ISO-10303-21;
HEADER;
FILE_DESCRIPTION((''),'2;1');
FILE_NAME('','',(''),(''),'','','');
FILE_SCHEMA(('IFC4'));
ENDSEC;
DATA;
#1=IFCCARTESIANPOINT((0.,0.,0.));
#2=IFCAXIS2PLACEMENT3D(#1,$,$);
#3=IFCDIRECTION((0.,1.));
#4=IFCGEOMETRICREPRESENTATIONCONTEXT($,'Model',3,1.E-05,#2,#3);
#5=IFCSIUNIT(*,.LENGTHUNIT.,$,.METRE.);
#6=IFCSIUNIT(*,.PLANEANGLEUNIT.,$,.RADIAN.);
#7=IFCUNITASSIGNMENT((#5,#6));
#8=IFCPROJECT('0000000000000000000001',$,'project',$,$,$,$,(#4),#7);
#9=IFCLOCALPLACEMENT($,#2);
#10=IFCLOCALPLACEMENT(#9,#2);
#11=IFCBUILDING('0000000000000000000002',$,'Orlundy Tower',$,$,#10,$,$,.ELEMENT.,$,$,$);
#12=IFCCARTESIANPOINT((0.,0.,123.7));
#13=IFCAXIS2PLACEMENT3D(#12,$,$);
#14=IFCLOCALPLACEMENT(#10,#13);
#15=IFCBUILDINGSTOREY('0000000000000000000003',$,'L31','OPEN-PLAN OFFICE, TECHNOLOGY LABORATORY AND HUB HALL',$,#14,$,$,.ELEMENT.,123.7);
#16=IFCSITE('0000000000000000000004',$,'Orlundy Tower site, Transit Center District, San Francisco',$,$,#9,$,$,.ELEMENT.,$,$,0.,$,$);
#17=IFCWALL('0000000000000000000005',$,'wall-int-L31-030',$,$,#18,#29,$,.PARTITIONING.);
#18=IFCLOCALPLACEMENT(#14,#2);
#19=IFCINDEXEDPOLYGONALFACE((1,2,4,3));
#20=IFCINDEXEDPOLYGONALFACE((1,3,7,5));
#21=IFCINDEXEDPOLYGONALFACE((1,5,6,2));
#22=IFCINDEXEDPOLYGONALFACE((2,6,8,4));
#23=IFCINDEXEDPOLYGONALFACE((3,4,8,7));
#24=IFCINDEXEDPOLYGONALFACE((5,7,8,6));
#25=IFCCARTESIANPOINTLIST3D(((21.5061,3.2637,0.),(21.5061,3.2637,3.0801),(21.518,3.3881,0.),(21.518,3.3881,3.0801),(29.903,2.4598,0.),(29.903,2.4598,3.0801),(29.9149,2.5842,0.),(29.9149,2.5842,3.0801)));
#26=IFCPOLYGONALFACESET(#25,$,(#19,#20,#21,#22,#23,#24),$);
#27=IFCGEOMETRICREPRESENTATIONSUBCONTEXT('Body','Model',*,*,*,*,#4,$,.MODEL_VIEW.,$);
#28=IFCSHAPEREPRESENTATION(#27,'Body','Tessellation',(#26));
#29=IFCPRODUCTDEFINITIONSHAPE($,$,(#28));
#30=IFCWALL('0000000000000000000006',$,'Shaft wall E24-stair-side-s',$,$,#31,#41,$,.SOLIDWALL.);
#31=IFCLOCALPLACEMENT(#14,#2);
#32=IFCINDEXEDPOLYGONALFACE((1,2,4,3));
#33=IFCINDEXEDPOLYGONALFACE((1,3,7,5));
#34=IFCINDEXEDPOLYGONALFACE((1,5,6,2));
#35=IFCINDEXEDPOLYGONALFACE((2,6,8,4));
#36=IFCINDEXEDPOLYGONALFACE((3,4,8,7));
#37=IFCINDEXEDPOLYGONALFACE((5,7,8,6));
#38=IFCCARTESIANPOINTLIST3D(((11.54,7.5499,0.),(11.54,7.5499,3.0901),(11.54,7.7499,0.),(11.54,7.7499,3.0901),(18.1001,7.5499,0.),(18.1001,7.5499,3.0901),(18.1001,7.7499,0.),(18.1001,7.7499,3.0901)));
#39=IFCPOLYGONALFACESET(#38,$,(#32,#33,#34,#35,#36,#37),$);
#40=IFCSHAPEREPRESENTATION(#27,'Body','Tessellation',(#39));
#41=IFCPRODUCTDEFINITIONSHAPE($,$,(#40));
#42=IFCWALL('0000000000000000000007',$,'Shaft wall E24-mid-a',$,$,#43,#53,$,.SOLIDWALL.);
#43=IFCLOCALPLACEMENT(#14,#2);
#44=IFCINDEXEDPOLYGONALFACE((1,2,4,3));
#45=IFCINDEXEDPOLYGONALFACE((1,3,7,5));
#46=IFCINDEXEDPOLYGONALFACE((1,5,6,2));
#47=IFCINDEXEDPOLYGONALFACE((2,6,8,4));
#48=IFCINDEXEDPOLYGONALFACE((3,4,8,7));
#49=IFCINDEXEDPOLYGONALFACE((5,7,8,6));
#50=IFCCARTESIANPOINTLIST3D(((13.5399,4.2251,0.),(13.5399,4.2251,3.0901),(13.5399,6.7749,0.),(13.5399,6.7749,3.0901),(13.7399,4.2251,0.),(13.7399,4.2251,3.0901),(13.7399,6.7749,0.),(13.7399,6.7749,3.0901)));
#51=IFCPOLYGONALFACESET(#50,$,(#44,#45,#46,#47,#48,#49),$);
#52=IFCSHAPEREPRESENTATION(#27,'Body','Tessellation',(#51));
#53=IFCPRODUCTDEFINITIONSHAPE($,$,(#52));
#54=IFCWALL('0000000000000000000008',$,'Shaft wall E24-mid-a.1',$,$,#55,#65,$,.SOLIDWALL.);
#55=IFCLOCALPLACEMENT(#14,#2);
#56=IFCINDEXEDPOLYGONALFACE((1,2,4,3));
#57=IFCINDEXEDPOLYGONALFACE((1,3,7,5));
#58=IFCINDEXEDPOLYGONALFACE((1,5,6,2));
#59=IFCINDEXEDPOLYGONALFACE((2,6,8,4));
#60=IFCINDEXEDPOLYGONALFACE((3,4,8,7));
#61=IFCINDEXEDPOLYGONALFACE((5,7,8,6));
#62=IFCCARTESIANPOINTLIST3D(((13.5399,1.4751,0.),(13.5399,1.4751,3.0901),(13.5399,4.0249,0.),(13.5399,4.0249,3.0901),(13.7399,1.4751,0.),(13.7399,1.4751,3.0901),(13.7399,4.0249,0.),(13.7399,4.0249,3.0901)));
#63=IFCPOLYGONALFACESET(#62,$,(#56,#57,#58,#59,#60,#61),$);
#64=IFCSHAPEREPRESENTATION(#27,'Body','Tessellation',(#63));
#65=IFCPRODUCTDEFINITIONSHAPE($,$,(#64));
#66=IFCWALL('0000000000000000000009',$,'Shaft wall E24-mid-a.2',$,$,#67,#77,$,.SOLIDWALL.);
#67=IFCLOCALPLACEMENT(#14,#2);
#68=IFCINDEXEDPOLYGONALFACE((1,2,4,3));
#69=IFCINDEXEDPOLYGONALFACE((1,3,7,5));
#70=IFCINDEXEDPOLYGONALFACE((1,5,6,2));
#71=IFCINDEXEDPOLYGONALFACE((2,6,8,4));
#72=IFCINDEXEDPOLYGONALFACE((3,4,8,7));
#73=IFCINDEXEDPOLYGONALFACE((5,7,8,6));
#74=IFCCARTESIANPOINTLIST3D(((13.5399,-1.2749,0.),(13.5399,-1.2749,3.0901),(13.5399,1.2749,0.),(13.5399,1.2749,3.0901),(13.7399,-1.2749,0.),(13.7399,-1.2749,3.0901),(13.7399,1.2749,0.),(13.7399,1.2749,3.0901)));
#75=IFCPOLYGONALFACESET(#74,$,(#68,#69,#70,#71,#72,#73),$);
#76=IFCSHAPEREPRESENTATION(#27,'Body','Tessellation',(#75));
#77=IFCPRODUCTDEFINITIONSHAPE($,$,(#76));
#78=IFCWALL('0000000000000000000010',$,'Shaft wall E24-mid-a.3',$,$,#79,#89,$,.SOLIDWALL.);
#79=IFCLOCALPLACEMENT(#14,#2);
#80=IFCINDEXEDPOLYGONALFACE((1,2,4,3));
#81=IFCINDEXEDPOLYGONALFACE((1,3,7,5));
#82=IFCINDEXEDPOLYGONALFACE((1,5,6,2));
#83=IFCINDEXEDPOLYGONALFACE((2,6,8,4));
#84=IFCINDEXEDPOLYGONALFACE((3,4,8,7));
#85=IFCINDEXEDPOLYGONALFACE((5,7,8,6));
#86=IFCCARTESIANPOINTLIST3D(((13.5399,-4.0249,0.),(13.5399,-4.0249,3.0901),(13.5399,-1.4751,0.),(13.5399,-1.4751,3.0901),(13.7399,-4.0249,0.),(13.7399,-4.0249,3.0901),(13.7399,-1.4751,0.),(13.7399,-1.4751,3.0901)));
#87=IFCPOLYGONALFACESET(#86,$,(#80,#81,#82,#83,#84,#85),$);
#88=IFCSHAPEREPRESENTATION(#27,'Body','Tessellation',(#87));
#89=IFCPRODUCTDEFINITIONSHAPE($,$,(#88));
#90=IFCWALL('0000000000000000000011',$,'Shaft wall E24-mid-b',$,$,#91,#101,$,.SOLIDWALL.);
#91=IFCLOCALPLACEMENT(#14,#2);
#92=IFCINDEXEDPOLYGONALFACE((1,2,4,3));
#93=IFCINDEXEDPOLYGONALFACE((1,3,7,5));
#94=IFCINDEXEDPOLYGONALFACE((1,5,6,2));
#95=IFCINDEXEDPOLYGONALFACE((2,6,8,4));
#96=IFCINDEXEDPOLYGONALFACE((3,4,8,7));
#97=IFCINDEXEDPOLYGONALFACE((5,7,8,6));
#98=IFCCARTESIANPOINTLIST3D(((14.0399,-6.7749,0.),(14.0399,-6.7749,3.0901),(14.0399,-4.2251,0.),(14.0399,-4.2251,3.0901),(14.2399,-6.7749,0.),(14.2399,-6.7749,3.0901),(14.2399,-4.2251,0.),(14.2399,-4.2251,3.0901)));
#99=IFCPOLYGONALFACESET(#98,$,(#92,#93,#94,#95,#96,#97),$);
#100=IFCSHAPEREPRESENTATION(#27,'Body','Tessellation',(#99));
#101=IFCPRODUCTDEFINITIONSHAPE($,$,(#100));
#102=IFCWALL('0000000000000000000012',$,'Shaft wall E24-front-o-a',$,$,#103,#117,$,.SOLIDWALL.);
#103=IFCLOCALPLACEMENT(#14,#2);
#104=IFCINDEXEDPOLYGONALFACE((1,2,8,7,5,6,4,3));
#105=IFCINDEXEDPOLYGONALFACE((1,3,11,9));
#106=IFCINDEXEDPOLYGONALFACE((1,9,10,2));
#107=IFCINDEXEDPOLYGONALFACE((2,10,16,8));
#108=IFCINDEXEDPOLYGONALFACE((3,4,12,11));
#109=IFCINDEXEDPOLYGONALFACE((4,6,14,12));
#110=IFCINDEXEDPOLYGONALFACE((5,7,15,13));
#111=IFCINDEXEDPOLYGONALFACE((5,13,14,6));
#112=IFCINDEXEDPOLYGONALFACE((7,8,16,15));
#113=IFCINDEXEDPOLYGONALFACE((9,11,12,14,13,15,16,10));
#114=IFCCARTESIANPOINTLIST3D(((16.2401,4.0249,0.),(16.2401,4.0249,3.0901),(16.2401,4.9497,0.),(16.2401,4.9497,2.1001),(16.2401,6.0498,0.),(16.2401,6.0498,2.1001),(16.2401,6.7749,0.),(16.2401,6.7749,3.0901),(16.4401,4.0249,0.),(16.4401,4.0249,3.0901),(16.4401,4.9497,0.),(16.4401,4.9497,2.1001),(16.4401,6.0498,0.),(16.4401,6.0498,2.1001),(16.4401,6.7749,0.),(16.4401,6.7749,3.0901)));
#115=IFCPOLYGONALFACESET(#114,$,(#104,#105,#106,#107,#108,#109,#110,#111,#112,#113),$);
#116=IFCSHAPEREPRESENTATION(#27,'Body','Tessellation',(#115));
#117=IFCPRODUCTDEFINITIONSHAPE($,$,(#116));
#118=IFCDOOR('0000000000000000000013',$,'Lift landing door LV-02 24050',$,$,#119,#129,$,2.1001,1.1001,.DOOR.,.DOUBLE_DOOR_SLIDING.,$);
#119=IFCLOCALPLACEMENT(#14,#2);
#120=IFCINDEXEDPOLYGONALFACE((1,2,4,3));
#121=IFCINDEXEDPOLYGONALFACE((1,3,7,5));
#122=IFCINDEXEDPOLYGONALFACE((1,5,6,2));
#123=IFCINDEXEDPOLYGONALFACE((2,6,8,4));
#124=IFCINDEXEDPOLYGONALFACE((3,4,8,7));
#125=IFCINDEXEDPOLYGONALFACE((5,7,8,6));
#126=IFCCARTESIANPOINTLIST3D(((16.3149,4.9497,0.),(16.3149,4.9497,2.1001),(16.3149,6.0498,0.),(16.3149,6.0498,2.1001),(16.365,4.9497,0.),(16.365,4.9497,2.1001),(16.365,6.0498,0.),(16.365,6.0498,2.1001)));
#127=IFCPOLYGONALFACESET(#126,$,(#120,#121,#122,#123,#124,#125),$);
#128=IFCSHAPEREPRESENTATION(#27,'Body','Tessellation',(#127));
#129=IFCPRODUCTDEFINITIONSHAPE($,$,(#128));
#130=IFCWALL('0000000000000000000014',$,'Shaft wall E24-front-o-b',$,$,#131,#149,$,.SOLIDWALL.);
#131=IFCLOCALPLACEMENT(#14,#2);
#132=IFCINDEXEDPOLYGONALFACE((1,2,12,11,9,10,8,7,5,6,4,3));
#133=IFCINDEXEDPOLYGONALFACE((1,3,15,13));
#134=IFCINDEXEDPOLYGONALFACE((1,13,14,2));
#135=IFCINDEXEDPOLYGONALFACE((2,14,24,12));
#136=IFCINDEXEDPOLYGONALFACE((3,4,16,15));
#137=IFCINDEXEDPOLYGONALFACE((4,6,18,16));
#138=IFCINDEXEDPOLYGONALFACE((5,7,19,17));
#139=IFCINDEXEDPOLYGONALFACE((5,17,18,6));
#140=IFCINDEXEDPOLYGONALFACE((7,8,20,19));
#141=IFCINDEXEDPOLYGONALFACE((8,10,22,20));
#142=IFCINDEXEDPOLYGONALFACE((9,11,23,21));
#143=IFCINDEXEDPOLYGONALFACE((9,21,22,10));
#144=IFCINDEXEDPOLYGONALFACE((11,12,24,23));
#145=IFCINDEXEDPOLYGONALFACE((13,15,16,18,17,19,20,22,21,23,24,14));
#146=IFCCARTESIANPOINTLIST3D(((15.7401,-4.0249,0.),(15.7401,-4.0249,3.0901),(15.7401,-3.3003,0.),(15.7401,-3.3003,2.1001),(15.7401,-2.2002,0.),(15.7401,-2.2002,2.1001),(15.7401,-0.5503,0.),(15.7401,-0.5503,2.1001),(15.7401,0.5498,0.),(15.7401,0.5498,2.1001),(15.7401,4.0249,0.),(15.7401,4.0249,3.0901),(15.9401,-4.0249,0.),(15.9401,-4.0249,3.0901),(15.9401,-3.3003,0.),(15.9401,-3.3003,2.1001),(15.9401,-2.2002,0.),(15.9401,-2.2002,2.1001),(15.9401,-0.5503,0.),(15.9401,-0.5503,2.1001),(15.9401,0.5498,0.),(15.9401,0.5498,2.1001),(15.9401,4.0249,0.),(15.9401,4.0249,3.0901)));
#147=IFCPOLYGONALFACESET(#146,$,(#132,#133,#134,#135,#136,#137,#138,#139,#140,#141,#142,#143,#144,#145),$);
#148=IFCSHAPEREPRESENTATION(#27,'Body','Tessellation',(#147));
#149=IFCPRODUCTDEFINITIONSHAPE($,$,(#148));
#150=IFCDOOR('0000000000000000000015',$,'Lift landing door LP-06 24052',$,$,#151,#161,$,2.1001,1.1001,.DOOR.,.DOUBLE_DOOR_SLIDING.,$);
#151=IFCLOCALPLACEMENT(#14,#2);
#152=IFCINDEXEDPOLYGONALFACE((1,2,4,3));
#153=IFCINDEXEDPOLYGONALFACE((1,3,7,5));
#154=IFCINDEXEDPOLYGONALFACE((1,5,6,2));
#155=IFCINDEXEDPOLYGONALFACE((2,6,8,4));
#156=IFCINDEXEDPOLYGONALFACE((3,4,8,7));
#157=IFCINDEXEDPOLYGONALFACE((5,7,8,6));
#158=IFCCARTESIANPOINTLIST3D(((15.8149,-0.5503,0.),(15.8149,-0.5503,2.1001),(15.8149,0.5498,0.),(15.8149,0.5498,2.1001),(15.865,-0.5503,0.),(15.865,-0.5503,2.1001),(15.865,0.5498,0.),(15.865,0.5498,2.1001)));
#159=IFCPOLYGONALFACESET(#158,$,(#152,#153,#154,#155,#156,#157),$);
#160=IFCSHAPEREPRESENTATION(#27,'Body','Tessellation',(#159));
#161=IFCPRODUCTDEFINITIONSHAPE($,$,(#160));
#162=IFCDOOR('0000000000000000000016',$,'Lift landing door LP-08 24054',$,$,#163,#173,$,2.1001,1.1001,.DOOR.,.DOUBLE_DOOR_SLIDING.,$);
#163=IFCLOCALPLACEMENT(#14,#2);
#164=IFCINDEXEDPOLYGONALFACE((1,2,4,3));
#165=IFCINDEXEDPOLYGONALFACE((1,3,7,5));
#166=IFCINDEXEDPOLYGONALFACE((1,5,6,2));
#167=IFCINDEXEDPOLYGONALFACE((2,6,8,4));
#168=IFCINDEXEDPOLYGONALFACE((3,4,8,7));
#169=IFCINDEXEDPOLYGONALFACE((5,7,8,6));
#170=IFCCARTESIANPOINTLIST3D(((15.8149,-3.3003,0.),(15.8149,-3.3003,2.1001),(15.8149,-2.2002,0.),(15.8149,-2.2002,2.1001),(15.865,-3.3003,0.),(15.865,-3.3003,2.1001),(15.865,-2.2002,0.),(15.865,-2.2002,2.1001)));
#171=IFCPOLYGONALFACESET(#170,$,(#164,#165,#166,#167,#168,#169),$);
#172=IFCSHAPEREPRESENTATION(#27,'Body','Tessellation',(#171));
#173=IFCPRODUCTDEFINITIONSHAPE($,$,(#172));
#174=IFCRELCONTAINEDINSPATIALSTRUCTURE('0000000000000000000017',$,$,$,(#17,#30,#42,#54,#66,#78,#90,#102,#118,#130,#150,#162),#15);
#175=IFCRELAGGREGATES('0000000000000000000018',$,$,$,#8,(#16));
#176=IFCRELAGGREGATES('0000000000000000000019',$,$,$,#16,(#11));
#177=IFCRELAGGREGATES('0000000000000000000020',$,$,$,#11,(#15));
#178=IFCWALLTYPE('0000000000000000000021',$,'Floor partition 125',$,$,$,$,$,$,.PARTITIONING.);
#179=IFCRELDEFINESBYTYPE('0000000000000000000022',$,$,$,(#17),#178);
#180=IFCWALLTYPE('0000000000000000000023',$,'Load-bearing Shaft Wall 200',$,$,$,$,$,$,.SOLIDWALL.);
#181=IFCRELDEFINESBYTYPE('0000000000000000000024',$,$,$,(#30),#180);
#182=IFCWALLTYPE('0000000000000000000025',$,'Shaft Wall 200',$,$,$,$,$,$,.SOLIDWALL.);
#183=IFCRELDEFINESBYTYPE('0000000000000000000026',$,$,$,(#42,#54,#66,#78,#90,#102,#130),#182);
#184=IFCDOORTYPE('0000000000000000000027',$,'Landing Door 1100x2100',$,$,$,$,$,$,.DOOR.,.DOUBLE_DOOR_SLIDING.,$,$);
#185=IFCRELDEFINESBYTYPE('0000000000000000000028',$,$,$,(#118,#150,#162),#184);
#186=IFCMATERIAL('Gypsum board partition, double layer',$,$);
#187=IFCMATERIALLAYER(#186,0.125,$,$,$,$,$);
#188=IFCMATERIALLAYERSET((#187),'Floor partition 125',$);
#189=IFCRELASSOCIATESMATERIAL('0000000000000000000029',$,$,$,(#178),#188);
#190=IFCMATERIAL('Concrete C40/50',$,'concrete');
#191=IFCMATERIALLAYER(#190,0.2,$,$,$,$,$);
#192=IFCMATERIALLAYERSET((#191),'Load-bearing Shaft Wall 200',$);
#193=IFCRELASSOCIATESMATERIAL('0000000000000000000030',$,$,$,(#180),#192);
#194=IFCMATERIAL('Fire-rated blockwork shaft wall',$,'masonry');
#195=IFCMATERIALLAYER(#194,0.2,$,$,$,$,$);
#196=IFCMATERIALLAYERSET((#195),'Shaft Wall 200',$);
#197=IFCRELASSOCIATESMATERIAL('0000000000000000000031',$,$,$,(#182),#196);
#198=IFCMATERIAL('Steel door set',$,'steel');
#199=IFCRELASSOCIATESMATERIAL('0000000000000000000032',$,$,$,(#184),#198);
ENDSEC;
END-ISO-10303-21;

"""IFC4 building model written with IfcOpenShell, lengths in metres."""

from ifc_helpers import new_model, si_unit, direction, frame, frame_2d, origin, place, context, subcontext, project, spatial, rectangle, extrude, material, layer, layer_set, type_object, element, fill, save


model = new_model("IFC4")

# Units and contexts
model_context = context("Model", 3, precision=1e-05, world=origin(), true_north=direction((0.0, 1.0)))
body_context = subcontext(model_context, "Body", "Model", "MODEL_VIEW")
ifc_project = project(units=[si_unit("LENGTHUNIT", "METRE"), si_unit("PLANEANGLEUNIT", "RADIAN")], contexts=[model_context])

# Site, building, storey
site_placement = place(None, origin())
site = spatial("IfcSite", under=ifc_project, at=site_placement, Name="Orlundy Tower site, Transit Center District, San Francisco", CompositionType="ELEMENT", RefElevation=0.0)
building_placement = place(site_placement, origin())
building = spatial("IfcBuilding", under=site, at=building_placement, Name="Orlundy Tower", CompositionType="ELEMENT")
storey_placement = place(building_placement, frame((0.0, 0.0, 123.7)))
storey = spatial("IfcBuildingStorey", under=building, at=storey_placement, Name="L31", Description="OPEN-PLAN OFFICE, TECHNOLOGY LABORATORY AND HUB HALL", CompositionType="ELEMENT", Elevation=123.7)

# Walls
ifc_material_1 = material(Name="Gypsum board partition, double layer")
ifc_layer_1 = layer(ifc_material_1, 0.125)
ifc_layer_set_1 = layer_set([ifc_layer_1], Name="Floor partition 125")
wall_type_1 = type_object("IfcWallType", Name="Floor partition 125", PredefinedType="PARTITIONING", material=ifc_layer_set_1)
wall_1_placement = place(storey_placement, frame((21.512, 3.3259, 0.0), z_axis=(0.0, 0.0, 1.0), x_axis=(0.995448, -0.095308, 0.0)))
element("IfcWall", 1, at=wall_1_placement, inside=storey, type_object=wall_type_1, Name="wall-int-L31-030", PredefinedType="PARTITIONING", context=body_context, shape_type="SweptSolid", body=[
    extrude(rectangle(XDim=8.4353, YDim=0.125, at=frame_2d((4.2178, 0.0))), origin(), (0.0, 0.0, 1.0), 3.0801),
])
ifc_material_2 = material(Name="Concrete C40/50", Category="concrete")
ifc_layer_2 = layer(ifc_material_2, 0.2)
ifc_layer_set_2 = layer_set([ifc_layer_2], Name="Load-bearing Shaft Wall 200")
wall_type_2 = type_object("IfcWallType", Name="Load-bearing Shaft Wall 200", PredefinedType="SOLIDWALL", material=ifc_layer_set_2)
wall_2_placement = place(storey_placement, frame((11.54, 7.6499, 0.0), z_axis=(0.0, 0.0, 1.0), x_axis=(1.0, 0.0, 0.0)))
element("IfcWall", 2, at=wall_2_placement, inside=storey, type_object=wall_type_2, Name="Shaft wall E24-stair-side-s", PredefinedType="SOLIDWALL", context=body_context, shape_type="SweptSolid", body=[
    extrude(rectangle(XDim=6.5601, YDim=0.2, at=frame_2d((3.28, 0.0))), origin(), (0.0, 0.0, 1.0), 3.0901),
])
ifc_material_3 = material(Name="Fire-rated blockwork shaft wall", Category="masonry")
ifc_layer_3 = layer(ifc_material_3, 0.2)
ifc_layer_set_3 = layer_set([ifc_layer_3], Name="Shaft Wall 200")
wall_type_3 = type_object("IfcWallType", Name="Shaft Wall 200", PredefinedType="SOLIDWALL", material=ifc_layer_set_3)
for number, where, z_axis, x_axis, name in (
    (3, (13.6399, 6.7749, 0.0), (0.0, 0.0, 1.0), (0.0, -1.0, 0.0), "Shaft wall E24-mid-a"),
    (4, (13.6399, 4.0249, 0.0), (0.0, 0.0, 1.0), (0.0, -1.0, 0.0), "Shaft wall E24-mid-a.1"),
    (5, (13.6399, 1.2749, 0.0), (0.0, 0.0, 1.0), (0.0, -1.0, 0.0), "Shaft wall E24-mid-a.2"),
    (6, (13.6399, -1.4751, 0.0), (0.0, 0.0, 1.0), (0.0, -1.0, 0.0), "Shaft wall E24-mid-a.3"),
    (7, (14.1399, -4.2251, 0.0), (0.0, 0.0, 1.0), (0.0, -1.0, 0.0), "Shaft wall E24-mid-b"),
):
    element("IfcWall", number, at=place(storey_placement, frame(where, z_axis=z_axis, x_axis=x_axis)), inside=storey, type_object=wall_type_3, Name=name, PredefinedType="SOLIDWALL", context=body_context, shape_type="SweptSolid", body=[
        extrude(rectangle(XDim=2.5498, YDim=0.2, at=frame_2d((1.2749, 0.0))), origin(), (0.0, 0.0, 1.0), 3.0901),
    ])

# Wall, opening, door
wall_3_placement = place(storey_placement, frame((16.3401, 6.7749, 0.0), z_axis=(0.0, 0.0, 1.0), x_axis=(0.0, -1.0, 0.0)))
wall_3 = element("IfcWall", 8, at=wall_3_placement, inside=storey, type_object=wall_type_3, Name="Shaft wall E24-front-o-a", PredefinedType="SOLIDWALL", context=body_context, shape_type="SweptSolid", body=[
    extrude(rectangle(XDim=2.75, YDim=0.2, at=frame_2d((1.375, 0.0))), origin(), (0.0, 0.0, 1.0), 3.0901),
])
opening_1_placement = place(wall_3_placement, frame((0.7251, 0.0, 0.0)))
opening_1 = element("IfcOpeningElement", 9, at=opening_1_placement, cuts=wall_3, PredefinedType="OPENING", context=body_context, shape_type="SweptSolid", body=[
    extrude(rectangle(XDim=1.1001, YDim=2.1001, at=frame_2d((0.55, 1.05))), frame((0.0, 0.1101, 0.0), z_axis=(0.0, -1.0, 0.0), x_axis=(1.0, 0.0, 0.0)), (0.0, 0.0, 1.0), 0.2202),
])
ifc_material_4 = material(Name="Steel door set", Category="steel")
door_type = type_object("IfcDoorType", Name="Landing Door 1100x2100", OperationType="DOUBLE_DOOR_SLIDING", PredefinedType="DOOR", material=ifc_material_4)
door_1_placement = place(opening_1_placement, origin())
door_1 = element("IfcDoor", 10, at=door_1_placement, inside=storey, type_object=door_type, Name="Lift landing door LV-02 24050", OperationType="DOUBLE_DOOR_SLIDING", OverallHeight=2.1001, OverallWidth=1.1001, PredefinedType="DOOR", context=body_context, shape_type="SweptSolid", body=[
    extrude(rectangle(XDim=1.1001, YDim=2.1001, at=frame_2d((0.55, 1.05))), frame((0.0, 0.0249, 0.0), z_axis=(0.0, -1.0, 0.0), x_axis=(1.0, 0.0, 0.0)), (0.0, 0.0, 1.0), 0.05),
])
fill(opening_1, door_1)

# Wall, openings, doors
wall_4_placement = place(storey_placement, frame((15.8401, 4.0249, 0.0), z_axis=(0.0, 0.0, 1.0), x_axis=(0.0, -1.0, 0.0)))
wall_4 = element("IfcWall", 11, at=wall_4_placement, inside=storey, type_object=wall_type_3, Name="Shaft wall E24-front-o-b", PredefinedType="SOLIDWALL", context=body_context, shape_type="SweptSolid", body=[
    extrude(rectangle(XDim=8.0498, YDim=0.2, at=frame_2d((4.0249, 0.0))), origin(), (0.0, 0.0, 1.0), 3.0901),
])
opening_2_placement = place(wall_4_placement, frame((3.4751, 0.0, 0.0)))
opening_2 = element("IfcOpeningElement", 12, at=opening_2_placement, cuts=wall_4, PredefinedType="OPENING", context=body_context, shape_type="SweptSolid", body=[
    extrude(rectangle(XDim=1.1001, YDim=2.1001, at=frame_2d((0.55, 1.05))), frame((0.0, 0.1101, 0.0), z_axis=(0.0, -1.0, 0.0), x_axis=(1.0, 0.0, 0.0)), (0.0, 0.0, 1.0), 0.2202),
])
opening_3_placement = place(wall_4_placement, frame((6.2251, 0.0, 0.0)))
opening_3 = element("IfcOpeningElement", 13, at=opening_3_placement, cuts=wall_4, PredefinedType="OPENING", context=body_context, shape_type="SweptSolid", body=[
    extrude(rectangle(XDim=1.1001, YDim=2.1001, at=frame_2d((0.55, 1.05))), frame((0.0, 0.1101, 0.0), z_axis=(0.0, -1.0, 0.0), x_axis=(1.0, 0.0, 0.0)), (0.0, 0.0, 1.0), 0.2202),
])
door_2_placement = place(opening_2_placement, origin())
door_2 = element("IfcDoor", 14, at=door_2_placement, inside=storey, type_object=door_type, Name="Lift landing door LP-06 24052", OperationType="DOUBLE_DOOR_SLIDING", OverallHeight=2.1001, OverallWidth=1.1001, PredefinedType="DOOR", context=body_context, shape_type="SweptSolid", body=[
    extrude(rectangle(XDim=1.1001, YDim=2.1001, at=frame_2d((0.55, 1.05))), frame((0.0, 0.0249, 0.0), z_axis=(0.0, -1.0, 0.0), x_axis=(1.0, 0.0, 0.0)), (0.0, 0.0, 1.0), 0.05),
])
fill(opening_2, door_2)
door_3_placement = place(opening_3_placement, origin())
door_3 = element("IfcDoor", 15, at=door_3_placement, inside=storey, type_object=door_type, Name="Lift landing door LP-08 24054", OperationType="DOUBLE_DOOR_SLIDING", OverallHeight=2.1001, OverallWidth=1.1001, PredefinedType="DOOR", context=body_context, shape_type="SweptSolid", body=[
    extrude(rectangle(XDim=1.1001, YDim=2.1001, at=frame_2d((0.55, 1.05))), frame((0.0, 0.0249, 0.0), z_axis=(0.0, -1.0, 0.0), x_axis=(1.0, 0.0, 0.0)), (0.0, 0.0, 1.0), 0.05),
])
fill(opening_3, door_3)

save(model, "model.ifc")
